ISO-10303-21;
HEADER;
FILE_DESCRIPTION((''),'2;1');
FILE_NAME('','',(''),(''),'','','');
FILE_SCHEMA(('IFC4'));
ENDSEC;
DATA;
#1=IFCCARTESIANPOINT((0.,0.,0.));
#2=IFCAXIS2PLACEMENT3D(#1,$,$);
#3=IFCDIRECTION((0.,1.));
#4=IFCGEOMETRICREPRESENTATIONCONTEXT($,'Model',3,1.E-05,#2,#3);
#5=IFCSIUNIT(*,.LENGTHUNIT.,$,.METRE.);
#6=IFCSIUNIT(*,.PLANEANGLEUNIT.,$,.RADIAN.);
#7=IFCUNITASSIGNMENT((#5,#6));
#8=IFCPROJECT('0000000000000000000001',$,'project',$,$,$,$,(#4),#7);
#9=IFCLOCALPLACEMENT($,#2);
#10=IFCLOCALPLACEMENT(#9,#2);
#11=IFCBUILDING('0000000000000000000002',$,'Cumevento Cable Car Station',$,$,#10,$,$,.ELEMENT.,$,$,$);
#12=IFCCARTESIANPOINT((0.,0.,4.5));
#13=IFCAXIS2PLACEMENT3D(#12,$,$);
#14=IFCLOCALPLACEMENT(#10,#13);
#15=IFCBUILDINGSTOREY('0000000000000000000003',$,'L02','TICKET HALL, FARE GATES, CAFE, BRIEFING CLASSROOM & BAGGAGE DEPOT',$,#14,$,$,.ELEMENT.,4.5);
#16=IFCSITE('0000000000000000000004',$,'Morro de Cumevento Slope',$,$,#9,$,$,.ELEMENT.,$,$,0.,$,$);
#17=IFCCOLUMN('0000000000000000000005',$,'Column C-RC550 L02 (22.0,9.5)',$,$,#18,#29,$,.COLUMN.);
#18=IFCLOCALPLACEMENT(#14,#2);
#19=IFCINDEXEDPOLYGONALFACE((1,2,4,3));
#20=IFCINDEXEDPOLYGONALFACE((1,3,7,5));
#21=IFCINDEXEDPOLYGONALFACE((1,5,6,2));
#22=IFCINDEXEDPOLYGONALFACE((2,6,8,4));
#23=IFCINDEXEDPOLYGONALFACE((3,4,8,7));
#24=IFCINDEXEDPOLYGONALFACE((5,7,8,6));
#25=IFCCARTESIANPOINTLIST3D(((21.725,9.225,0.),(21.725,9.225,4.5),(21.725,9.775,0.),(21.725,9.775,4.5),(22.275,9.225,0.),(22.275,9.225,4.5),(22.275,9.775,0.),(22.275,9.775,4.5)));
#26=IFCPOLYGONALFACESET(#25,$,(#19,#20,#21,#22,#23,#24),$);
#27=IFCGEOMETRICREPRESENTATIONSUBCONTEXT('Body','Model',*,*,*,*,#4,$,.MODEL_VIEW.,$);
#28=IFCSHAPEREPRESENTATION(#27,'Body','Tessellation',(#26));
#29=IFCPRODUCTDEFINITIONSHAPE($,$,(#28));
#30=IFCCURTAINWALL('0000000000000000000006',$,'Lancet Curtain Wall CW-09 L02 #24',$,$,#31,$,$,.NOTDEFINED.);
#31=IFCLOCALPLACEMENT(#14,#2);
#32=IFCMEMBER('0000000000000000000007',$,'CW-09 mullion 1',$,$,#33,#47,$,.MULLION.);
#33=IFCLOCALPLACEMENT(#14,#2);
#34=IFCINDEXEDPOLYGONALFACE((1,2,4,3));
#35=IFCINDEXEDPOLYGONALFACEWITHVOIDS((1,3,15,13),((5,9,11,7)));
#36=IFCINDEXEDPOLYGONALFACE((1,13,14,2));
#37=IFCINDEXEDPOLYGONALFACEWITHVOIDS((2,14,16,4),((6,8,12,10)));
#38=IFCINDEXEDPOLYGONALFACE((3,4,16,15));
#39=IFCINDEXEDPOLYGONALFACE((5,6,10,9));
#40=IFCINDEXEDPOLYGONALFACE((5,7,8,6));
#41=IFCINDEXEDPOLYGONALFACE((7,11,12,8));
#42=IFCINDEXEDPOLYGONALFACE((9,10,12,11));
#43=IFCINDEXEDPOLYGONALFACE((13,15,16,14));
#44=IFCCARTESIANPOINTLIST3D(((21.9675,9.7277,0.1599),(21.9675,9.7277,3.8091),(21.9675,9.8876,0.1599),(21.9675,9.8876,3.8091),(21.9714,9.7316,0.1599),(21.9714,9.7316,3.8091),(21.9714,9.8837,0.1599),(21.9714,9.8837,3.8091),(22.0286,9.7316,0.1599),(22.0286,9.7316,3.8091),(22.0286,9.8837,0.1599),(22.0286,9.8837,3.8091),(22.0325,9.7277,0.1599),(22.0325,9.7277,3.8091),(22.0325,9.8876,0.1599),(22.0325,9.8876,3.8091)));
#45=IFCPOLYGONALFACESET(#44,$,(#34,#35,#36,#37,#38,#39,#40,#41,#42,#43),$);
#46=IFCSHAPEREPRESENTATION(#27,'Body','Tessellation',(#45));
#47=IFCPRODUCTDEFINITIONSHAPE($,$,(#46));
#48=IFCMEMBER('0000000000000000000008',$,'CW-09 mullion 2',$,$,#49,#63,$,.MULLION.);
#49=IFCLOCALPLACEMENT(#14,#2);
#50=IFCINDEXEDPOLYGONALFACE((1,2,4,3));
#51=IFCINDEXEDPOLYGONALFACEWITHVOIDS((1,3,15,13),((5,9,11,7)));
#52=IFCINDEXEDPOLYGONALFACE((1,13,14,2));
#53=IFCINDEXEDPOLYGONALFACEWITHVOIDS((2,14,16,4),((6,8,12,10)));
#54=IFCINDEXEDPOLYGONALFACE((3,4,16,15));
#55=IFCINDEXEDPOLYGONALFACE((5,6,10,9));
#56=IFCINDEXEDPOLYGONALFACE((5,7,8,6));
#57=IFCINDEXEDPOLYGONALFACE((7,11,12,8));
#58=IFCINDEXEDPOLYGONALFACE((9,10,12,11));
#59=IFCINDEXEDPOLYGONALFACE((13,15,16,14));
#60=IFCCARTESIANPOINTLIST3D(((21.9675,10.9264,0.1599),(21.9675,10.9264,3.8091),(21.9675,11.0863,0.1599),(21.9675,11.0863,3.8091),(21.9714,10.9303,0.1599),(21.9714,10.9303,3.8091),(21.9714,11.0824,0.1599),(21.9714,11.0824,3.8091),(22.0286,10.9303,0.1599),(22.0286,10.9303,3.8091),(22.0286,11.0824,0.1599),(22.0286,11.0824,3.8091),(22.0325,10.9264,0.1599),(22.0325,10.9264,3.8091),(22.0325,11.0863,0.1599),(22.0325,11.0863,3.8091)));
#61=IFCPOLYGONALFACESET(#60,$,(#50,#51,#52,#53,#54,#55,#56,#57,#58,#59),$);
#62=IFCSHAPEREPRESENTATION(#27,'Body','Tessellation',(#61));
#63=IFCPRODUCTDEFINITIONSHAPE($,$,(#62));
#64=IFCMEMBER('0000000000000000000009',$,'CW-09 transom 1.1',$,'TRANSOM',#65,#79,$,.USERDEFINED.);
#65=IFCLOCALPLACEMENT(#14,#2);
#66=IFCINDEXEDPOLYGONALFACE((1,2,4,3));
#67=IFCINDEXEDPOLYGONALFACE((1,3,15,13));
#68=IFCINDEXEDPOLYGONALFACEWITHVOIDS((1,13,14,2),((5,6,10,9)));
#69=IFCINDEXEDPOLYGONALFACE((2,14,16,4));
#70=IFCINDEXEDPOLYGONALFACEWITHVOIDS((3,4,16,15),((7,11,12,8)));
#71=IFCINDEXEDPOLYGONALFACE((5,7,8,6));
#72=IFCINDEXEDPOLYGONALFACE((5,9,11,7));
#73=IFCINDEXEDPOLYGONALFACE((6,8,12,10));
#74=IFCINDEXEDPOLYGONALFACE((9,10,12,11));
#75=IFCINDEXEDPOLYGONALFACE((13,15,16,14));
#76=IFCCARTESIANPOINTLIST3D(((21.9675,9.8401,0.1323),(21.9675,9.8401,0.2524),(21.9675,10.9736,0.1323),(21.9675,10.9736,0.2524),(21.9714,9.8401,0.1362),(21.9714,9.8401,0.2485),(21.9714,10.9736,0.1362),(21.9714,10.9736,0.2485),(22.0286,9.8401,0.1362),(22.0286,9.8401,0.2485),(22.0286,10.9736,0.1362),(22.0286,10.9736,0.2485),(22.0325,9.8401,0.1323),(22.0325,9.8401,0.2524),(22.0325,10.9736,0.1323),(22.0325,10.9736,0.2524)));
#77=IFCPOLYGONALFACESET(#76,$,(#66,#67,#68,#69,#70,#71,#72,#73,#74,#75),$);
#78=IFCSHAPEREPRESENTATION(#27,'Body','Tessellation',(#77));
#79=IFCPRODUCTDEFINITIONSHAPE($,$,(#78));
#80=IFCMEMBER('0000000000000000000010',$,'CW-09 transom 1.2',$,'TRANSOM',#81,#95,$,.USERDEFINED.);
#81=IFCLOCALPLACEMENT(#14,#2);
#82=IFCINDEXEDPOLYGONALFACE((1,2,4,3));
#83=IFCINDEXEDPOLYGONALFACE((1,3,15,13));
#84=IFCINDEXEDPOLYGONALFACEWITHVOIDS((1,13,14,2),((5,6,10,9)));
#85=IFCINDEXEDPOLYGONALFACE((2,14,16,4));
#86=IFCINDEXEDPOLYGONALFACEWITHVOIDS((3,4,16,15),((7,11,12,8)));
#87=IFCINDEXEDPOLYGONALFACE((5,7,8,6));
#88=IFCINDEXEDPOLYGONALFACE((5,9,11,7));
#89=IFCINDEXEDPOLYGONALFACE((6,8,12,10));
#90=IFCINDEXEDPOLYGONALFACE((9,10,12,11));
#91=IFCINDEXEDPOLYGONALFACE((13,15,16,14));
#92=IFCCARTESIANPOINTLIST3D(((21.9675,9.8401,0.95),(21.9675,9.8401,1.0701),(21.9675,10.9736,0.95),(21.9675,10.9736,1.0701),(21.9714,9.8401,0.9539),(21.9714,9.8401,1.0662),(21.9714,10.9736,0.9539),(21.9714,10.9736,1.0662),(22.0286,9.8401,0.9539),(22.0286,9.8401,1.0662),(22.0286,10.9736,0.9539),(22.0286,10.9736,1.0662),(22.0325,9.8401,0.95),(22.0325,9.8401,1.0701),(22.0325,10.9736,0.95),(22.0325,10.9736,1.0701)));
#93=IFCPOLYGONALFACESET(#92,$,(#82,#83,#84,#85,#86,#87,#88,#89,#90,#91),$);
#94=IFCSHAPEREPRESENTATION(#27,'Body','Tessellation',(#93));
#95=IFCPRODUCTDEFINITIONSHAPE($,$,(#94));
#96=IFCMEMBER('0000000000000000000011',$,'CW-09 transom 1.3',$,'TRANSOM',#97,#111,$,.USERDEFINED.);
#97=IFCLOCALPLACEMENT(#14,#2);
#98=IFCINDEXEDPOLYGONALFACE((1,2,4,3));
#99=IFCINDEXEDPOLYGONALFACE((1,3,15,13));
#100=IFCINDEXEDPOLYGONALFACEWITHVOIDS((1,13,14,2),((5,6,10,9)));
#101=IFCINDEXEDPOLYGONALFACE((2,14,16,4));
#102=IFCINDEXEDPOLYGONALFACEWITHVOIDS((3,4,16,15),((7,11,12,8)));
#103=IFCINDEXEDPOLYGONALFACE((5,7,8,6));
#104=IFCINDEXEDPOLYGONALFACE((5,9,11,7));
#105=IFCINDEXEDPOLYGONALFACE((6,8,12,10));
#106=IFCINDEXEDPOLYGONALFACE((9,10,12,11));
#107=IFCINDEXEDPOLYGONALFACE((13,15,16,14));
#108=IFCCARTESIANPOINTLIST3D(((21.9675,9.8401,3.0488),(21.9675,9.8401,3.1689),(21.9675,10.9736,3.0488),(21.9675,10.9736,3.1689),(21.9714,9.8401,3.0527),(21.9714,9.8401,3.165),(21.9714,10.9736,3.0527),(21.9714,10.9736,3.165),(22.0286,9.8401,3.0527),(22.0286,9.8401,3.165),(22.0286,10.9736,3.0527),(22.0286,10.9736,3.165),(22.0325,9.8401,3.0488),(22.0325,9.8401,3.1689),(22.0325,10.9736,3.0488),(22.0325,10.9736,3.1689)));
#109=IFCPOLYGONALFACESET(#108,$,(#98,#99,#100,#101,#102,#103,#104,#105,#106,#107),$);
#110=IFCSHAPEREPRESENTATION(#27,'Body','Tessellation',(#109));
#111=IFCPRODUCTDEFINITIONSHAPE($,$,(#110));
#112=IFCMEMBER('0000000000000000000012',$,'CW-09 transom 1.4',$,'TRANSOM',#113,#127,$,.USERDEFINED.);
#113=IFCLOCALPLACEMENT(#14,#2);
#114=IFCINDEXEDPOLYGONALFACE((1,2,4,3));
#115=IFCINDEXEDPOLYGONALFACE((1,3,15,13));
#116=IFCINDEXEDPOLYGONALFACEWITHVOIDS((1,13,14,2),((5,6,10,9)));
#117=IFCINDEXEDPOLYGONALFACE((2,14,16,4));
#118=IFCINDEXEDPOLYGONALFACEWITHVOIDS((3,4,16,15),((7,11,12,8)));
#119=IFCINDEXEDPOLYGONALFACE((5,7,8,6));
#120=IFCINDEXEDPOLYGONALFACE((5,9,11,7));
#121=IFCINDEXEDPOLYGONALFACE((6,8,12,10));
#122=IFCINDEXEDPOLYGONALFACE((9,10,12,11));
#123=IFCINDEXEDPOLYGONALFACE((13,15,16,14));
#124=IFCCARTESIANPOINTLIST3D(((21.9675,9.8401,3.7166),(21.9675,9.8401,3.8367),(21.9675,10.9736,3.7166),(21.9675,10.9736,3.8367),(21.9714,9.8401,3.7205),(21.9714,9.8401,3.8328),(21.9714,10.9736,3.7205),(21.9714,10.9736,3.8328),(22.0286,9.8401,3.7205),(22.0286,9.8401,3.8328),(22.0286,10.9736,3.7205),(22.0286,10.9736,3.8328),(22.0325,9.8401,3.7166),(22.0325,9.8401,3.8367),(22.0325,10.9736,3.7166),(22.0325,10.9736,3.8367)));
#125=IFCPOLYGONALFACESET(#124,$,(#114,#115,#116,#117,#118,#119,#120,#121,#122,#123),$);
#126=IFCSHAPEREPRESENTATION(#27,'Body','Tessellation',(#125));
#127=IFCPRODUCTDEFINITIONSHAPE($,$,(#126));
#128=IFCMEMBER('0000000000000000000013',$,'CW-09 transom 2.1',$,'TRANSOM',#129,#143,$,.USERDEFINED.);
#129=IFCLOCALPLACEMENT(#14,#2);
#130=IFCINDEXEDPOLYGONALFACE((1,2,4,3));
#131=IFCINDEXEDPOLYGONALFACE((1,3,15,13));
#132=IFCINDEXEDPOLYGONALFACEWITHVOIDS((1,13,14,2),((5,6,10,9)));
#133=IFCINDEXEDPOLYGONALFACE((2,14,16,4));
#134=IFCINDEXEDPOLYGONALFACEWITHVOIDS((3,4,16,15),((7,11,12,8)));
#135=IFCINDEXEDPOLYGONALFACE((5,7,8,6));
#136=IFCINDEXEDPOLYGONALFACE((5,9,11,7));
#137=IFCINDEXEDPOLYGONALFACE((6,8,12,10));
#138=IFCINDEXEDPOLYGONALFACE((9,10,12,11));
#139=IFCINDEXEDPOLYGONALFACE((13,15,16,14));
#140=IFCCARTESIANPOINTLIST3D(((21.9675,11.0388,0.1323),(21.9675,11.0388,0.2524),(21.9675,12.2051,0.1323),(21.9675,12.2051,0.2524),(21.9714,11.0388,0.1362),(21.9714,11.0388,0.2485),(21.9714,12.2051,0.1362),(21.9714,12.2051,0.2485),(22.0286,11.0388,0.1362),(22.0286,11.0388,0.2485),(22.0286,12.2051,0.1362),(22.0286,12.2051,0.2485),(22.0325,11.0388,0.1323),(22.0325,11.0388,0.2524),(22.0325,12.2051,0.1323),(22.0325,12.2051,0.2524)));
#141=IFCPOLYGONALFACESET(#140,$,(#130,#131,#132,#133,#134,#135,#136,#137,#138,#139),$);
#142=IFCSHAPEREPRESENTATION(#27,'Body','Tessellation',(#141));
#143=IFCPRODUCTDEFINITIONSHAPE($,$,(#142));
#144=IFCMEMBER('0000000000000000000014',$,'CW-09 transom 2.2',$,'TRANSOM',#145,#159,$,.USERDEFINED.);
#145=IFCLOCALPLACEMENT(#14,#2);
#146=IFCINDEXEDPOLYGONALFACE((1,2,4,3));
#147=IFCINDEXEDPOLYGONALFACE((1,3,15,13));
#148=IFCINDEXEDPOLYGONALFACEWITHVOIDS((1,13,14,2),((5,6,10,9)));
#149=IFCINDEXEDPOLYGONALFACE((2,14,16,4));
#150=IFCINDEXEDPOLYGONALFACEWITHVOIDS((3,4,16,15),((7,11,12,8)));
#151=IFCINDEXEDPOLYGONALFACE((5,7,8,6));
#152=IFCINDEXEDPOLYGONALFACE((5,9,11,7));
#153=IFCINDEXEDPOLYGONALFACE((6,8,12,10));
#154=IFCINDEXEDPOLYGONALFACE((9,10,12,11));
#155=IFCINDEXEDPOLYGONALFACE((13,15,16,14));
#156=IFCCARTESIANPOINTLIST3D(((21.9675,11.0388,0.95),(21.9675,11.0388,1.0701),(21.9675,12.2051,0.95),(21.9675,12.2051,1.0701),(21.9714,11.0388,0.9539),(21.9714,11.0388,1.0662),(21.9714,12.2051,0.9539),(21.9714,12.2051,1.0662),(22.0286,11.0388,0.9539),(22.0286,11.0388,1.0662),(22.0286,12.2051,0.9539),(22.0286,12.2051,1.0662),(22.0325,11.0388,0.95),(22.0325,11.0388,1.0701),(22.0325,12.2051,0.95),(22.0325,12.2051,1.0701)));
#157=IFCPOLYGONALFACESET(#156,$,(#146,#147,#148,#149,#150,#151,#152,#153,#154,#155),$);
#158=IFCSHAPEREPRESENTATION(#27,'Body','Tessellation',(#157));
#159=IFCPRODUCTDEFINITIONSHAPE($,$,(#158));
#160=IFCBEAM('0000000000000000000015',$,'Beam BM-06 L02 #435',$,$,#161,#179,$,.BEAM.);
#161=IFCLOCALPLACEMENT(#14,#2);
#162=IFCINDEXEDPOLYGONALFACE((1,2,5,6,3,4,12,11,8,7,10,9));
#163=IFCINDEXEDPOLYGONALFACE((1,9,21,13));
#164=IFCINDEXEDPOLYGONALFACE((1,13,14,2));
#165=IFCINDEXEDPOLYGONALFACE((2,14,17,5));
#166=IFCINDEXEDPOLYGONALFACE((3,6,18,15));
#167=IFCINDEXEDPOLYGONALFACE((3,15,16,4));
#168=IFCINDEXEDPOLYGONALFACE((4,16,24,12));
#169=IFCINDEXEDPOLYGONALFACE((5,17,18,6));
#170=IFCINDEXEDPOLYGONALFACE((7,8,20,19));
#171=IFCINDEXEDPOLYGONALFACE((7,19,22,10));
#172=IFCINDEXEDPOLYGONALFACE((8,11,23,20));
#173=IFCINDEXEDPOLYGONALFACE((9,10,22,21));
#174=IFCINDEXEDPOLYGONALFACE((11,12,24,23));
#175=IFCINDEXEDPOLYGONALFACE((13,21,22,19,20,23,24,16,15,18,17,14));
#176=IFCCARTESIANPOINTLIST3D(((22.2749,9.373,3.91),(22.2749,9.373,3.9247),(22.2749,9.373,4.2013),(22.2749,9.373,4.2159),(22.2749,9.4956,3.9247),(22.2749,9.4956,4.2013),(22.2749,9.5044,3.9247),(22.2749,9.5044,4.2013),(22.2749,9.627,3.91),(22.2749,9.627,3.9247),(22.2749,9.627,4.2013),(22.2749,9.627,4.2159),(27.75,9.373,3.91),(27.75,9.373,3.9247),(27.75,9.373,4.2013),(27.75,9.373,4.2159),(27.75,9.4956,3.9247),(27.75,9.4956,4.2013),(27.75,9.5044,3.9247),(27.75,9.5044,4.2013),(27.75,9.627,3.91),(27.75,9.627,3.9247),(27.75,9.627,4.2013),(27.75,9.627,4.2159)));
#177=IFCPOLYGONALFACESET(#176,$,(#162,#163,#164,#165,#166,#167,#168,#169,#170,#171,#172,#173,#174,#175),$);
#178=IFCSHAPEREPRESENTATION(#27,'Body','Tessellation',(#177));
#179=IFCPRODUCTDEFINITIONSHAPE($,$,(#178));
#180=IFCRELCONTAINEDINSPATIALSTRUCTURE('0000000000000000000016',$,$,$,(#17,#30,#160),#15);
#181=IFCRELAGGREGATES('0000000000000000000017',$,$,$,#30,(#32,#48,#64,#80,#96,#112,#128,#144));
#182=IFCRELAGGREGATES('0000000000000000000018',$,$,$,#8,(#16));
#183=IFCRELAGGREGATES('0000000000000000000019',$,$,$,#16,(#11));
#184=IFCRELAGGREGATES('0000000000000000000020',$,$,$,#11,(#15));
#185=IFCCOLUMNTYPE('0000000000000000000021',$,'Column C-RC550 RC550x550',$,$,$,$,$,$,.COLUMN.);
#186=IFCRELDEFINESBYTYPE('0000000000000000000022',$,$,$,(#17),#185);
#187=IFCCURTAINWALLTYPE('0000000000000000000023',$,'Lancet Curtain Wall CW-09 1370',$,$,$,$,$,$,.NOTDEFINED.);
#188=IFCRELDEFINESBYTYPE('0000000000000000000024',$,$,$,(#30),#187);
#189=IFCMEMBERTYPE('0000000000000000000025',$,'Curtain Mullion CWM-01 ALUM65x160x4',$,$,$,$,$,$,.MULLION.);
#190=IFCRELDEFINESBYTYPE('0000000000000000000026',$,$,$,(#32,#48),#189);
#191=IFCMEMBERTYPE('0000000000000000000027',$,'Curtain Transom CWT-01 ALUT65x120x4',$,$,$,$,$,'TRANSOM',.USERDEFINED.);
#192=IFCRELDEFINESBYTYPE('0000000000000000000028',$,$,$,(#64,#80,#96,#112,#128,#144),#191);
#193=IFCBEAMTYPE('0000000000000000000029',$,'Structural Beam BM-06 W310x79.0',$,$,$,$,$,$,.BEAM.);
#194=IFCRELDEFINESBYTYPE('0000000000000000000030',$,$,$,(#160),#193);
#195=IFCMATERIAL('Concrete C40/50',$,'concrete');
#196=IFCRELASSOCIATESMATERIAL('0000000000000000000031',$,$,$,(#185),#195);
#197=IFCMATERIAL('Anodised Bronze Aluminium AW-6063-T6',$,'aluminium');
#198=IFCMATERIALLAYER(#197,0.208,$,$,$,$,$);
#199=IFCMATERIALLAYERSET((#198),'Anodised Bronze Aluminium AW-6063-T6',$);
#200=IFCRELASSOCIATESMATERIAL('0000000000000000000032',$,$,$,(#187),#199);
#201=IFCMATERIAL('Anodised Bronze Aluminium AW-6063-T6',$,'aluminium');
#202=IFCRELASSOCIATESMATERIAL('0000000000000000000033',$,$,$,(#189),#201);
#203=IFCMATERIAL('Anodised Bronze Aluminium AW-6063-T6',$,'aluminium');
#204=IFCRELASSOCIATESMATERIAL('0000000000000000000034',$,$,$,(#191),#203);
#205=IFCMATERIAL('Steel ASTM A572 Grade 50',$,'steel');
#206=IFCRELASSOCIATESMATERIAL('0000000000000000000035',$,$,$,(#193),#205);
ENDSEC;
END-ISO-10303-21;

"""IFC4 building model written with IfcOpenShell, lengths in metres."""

from ifc_helpers import new_model, si_unit, direction, frame, origin, origin_2d, place, context, subcontext, project, spatial, rectangle, hollow_rectangle, i_section, extrude, material, layer, layer_set, material_profile, profile_set, type_object, element, aggregate, save


model = new_model("IFC4")

# Units and contexts
model_context = context("Model", 3, precision=1e-05, world=origin(), true_north=direction((0.0, 1.0)))
body_context = subcontext(model_context, "Body", "Model", "MODEL_VIEW")
ifc_project = project(units=[si_unit("LENGTHUNIT", "METRE"), si_unit("PLANEANGLEUNIT", "RADIAN")], contexts=[model_context])

# Site, building, storey
site_placement = place(None, origin())
site = spatial("IfcSite", under=ifc_project, at=site_placement, Name="Morro de Cumevento Slope", CompositionType="ELEMENT", RefElevation=0.0)
building_placement = place(site_placement, origin())
building = spatial("IfcBuilding", under=site, at=building_placement, Name="Cumevento Cable Car Station", CompositionType="ELEMENT")
storey_placement = place(building_placement, frame((0.0, 0.0, 4.5)))
storey = spatial("IfcBuildingStorey", under=building, at=storey_placement, Name="L02", Description="TICKET HALL, FARE GATES, CAFE, BRIEFING CLASSROOM & BAGGAGE DEPOT", CompositionType="ELEMENT", Elevation=4.5)

# Column
ifc_material_1 = material(Name="Concrete C40/50", Category="concrete")
ifc_material_profile_1 = material_profile(ifc_material_1, rectangle(XDim=0.55, YDim=0.55, at=origin_2d()), Name="RC550x550")
ifc_profile_set_1 = profile_set([ifc_material_profile_1], Name="Concrete C40/50")
column_type = type_object("IfcColumnType", Name="Column C-RC550 RC550x550", PredefinedType="COLUMN", material=ifc_profile_set_1)
column_placement = place(storey_placement, frame((22.0, 9.5, 0.0), z_axis=(0.0, 0.0, 1.0), x_axis=(1.0, 0.0, 0.0)))
element("IfcColumn", 1, at=column_placement, inside=storey, type_object=column_type, Name="Column C-RC550 L02 (22.0,9.5)", PredefinedType="COLUMN", context=body_context, shape_type="SweptSolid", body=[
    extrude(rectangle(XDim=0.55, YDim=0.55, at=origin_2d()), origin(), (0.0, 0.0, 1.0), 4.5),
])

# Curtain wall, members
ifc_material_2 = material(Name="Anodised Bronze Aluminium AW-6063-T6", Category="aluminium")
ifc_layer_1 = layer(ifc_material_2, 0.208)
ifc_layer_set_1 = layer_set([ifc_layer_1], Name="Anodised Bronze Aluminium AW-6063-T6")
curtain_wall_type = type_object("IfcCurtainWallType", Name="Lancet Curtain Wall CW-09 1370", PredefinedType="NOTDEFINED", material=ifc_layer_set_1)
curtain_wall_placement = place(storey_placement, origin())
curtain_wall = element("IfcCurtainWall", 2, at=curtain_wall_placement, inside=storey, type_object=curtain_wall_type, Name="Lancet Curtain Wall CW-09 L02 #24", PredefinedType="NOTDEFINED")
ifc_material_3 = material(Name="Anodised Bronze Aluminium AW-6063-T6", Category="aluminium")
ifc_material_profile_2 = material_profile(ifc_material_3, hollow_rectangle(XDim=0.0649, YDim=0.1599, WallThickness=0.0039, at=origin_2d()), Name="ALUM65x160x4")
ifc_profile_set_2 = profile_set([ifc_material_profile_2], Name="Anodised Bronze Aluminium AW-6063-T6")
member_type_1 = type_object("IfcMemberType", Name="Curtain Mullion CWM-01 ALUM65x160x4", PredefinedType="MULLION", material=ifc_profile_set_2)
member_1_placement = place(storey_placement, frame((22.0, 9.8076, 0.1599), z_axis=(0.0, 0.0, 1.0), x_axis=(-1.0, 0.0, 0.0)))
member_1 = element("IfcMember", 3, at=member_1_placement, type_object=member_type_1, Name="CW-09 mullion 1", PredefinedType="MULLION", context=body_context, shape_type="SweptSolid", body=[
    extrude(hollow_rectangle(XDim=0.0649, YDim=0.1599, WallThickness=0.0039, at=origin_2d()), origin(), (0.0, 0.0, 1.0), 3.6492),
])
member_2_placement = place(storey_placement, frame((22.0, 11.0063, 0.1599), z_axis=(0.0, 0.0, 1.0), x_axis=(-1.0, 0.0, 0.0)))
member_2 = element("IfcMember", 4, at=member_2_placement, type_object=member_type_1, Name="CW-09 mullion 2", PredefinedType="MULLION", context=body_context, shape_type="SweptSolid", body=[
    extrude(hollow_rectangle(XDim=0.0649, YDim=0.1599, WallThickness=0.0039, at=origin_2d()), origin(), (0.0, 0.0, 1.0), 3.6492),
])
ifc_material_4 = material(Name="Anodised Bronze Aluminium AW-6063-T6", Category="aluminium")
ifc_material_profile_3 = material_profile(ifc_material_4, hollow_rectangle(XDim=0.0649, YDim=0.1201, WallThickness=0.0039, at=origin_2d()), Name="ALUT65x120x4")
ifc_profile_set_3 = profile_set([ifc_material_profile_3], Name="Anodised Bronze Aluminium AW-6063-T6")
member_type_2 = type_object("IfcMemberType", Name="Curtain Transom CWT-01 ALUT65x120x4", ElementType="TRANSOM", PredefinedType="USERDEFINED", material=ifc_profile_set_3)
member_3_placement = place(storey_placement, frame((22.0, 9.8401, 0.1924), z_axis=(0.0, 1.0, 0.0), x_axis=(-1.0, 0.0, 0.0)))
member_3 = element("IfcMember", 5, at=member_3_placement, type_object=member_type_2, Name="CW-09 transom 1.1", ObjectType="TRANSOM", PredefinedType="USERDEFINED", context=body_context, shape_type="SweptSolid", body=[
    extrude(hollow_rectangle(XDim=0.0649, YDim=0.1201, WallThickness=0.0039, at=origin_2d()), origin(), (0.0, 0.0, 1.0), 1.1335),
])
member_4_placement = place(storey_placement, frame((22.0, 9.8401, 1.01), z_axis=(0.0, 1.0, 0.0), x_axis=(-1.0, 0.0, 0.0)))
member_4 = element("IfcMember", 6, at=member_4_placement, type_object=member_type_2, Name="CW-09 transom 1.2", ObjectType="TRANSOM", PredefinedType="USERDEFINED", context=body_context, shape_type="SweptSolid", body=[
    extrude(hollow_rectangle(XDim=0.0649, YDim=0.1201, WallThickness=0.0039, at=origin_2d()), origin(), (0.0, 0.0, 1.0), 1.1335),
])
member_5_placement = place(storey_placement, frame((22.0, 9.8401, 3.1089), z_axis=(0.0, 1.0, 0.0), x_axis=(-1.0, 0.0, 0.0)))
member_5 = element("IfcMember", 7, at=member_5_placement, type_object=member_type_2, Name="CW-09 transom 1.3", ObjectType="TRANSOM", PredefinedType="USERDEFINED", context=body_context, shape_type="SweptSolid", body=[
    extrude(hollow_rectangle(XDim=0.0649, YDim=0.1201, WallThickness=0.0039, at=origin_2d()), origin(), (0.0, 0.0, 1.0), 1.1335),
])
member_6_placement = place(storey_placement, frame((22.0, 9.8401, 3.7766), z_axis=(0.0, 1.0, 0.0), x_axis=(-1.0, 0.0, 0.0)))
member_6 = element("IfcMember", 8, at=member_6_placement, type_object=member_type_2, Name="CW-09 transom 1.4", ObjectType="TRANSOM", PredefinedType="USERDEFINED", context=body_context, shape_type="SweptSolid", body=[
    extrude(hollow_rectangle(XDim=0.0649, YDim=0.1201, WallThickness=0.0039, at=origin_2d()), origin(), (0.0, 0.0, 1.0), 1.1335),
])
member_7_placement = place(storey_placement, frame((22.0, 11.0388, 0.1924), z_axis=(0.0, 1.0, 0.0), x_axis=(-1.0, 0.0, 0.0)))
member_7 = element("IfcMember", 9, at=member_7_placement, type_object=member_type_2, Name="CW-09 transom 2.1", ObjectType="TRANSOM", PredefinedType="USERDEFINED", context=body_context, shape_type="SweptSolid", body=[
    extrude(hollow_rectangle(XDim=0.0649, YDim=0.1201, WallThickness=0.0039, at=origin_2d()), origin(), (0.0, 0.0, 1.0), 1.1663),
])
member_8_placement = place(storey_placement, frame((22.0, 11.0388, 1.01), z_axis=(0.0, 1.0, 0.0), x_axis=(-1.0, 0.0, 0.0)))
member_8 = element("IfcMember", 10, at=member_8_placement, type_object=member_type_2, Name="CW-09 transom 2.2", ObjectType="TRANSOM", PredefinedType="USERDEFINED", context=body_context, shape_type="SweptSolid", body=[
    extrude(hollow_rectangle(XDim=0.0649, YDim=0.1201, WallThickness=0.0039, at=origin_2d()), origin(), (0.0, 0.0, 1.0), 1.1663),
])

# Beam
ifc_material_5 = material(Name="Steel ASTM A572 Grade 50", Category="steel")
ifc_material_profile_4 = material_profile(ifc_material_5, i_section(OverallWidth=0.2539, OverallDepth=0.3059, WebThickness=0.0088, FlangeThickness=0.0146, at=origin_2d()), Name="W310x79.0")
ifc_profile_set_4 = profile_set([ifc_material_profile_4], Name="Steel ASTM A572 Grade 50")
beam_type_1 = type_object("IfcBeamType", Name="Structural Beam BM-06 W310x79.0", PredefinedType="BEAM", material=ifc_profile_set_4)
beam_1_placement = place(storey_placement, frame((22.2749, 9.5, 4.063), z_axis=(1.0, 0.0, 0.0), x_axis=(0.0, 1.0, 0.0)))
element("IfcBeam", 11, at=beam_1_placement, inside=storey, type_object=beam_type_1, Name="Beam BM-06 L02 #435", PredefinedType="BEAM", context=body_context, shape_type="SweptSolid", body=[
    extrude(i_section(OverallWidth=0.2539, OverallDepth=0.3059, WebThickness=0.0088, FlangeThickness=0.0146, at=origin_2d()), origin(), (0.0, 0.0, 1.0), 5.4751),
])

aggregate(curtain_wall, [member_1, member_2, member_3, member_4, member_5, member_6, member_7, member_8])

save(model, "model.ifc")
